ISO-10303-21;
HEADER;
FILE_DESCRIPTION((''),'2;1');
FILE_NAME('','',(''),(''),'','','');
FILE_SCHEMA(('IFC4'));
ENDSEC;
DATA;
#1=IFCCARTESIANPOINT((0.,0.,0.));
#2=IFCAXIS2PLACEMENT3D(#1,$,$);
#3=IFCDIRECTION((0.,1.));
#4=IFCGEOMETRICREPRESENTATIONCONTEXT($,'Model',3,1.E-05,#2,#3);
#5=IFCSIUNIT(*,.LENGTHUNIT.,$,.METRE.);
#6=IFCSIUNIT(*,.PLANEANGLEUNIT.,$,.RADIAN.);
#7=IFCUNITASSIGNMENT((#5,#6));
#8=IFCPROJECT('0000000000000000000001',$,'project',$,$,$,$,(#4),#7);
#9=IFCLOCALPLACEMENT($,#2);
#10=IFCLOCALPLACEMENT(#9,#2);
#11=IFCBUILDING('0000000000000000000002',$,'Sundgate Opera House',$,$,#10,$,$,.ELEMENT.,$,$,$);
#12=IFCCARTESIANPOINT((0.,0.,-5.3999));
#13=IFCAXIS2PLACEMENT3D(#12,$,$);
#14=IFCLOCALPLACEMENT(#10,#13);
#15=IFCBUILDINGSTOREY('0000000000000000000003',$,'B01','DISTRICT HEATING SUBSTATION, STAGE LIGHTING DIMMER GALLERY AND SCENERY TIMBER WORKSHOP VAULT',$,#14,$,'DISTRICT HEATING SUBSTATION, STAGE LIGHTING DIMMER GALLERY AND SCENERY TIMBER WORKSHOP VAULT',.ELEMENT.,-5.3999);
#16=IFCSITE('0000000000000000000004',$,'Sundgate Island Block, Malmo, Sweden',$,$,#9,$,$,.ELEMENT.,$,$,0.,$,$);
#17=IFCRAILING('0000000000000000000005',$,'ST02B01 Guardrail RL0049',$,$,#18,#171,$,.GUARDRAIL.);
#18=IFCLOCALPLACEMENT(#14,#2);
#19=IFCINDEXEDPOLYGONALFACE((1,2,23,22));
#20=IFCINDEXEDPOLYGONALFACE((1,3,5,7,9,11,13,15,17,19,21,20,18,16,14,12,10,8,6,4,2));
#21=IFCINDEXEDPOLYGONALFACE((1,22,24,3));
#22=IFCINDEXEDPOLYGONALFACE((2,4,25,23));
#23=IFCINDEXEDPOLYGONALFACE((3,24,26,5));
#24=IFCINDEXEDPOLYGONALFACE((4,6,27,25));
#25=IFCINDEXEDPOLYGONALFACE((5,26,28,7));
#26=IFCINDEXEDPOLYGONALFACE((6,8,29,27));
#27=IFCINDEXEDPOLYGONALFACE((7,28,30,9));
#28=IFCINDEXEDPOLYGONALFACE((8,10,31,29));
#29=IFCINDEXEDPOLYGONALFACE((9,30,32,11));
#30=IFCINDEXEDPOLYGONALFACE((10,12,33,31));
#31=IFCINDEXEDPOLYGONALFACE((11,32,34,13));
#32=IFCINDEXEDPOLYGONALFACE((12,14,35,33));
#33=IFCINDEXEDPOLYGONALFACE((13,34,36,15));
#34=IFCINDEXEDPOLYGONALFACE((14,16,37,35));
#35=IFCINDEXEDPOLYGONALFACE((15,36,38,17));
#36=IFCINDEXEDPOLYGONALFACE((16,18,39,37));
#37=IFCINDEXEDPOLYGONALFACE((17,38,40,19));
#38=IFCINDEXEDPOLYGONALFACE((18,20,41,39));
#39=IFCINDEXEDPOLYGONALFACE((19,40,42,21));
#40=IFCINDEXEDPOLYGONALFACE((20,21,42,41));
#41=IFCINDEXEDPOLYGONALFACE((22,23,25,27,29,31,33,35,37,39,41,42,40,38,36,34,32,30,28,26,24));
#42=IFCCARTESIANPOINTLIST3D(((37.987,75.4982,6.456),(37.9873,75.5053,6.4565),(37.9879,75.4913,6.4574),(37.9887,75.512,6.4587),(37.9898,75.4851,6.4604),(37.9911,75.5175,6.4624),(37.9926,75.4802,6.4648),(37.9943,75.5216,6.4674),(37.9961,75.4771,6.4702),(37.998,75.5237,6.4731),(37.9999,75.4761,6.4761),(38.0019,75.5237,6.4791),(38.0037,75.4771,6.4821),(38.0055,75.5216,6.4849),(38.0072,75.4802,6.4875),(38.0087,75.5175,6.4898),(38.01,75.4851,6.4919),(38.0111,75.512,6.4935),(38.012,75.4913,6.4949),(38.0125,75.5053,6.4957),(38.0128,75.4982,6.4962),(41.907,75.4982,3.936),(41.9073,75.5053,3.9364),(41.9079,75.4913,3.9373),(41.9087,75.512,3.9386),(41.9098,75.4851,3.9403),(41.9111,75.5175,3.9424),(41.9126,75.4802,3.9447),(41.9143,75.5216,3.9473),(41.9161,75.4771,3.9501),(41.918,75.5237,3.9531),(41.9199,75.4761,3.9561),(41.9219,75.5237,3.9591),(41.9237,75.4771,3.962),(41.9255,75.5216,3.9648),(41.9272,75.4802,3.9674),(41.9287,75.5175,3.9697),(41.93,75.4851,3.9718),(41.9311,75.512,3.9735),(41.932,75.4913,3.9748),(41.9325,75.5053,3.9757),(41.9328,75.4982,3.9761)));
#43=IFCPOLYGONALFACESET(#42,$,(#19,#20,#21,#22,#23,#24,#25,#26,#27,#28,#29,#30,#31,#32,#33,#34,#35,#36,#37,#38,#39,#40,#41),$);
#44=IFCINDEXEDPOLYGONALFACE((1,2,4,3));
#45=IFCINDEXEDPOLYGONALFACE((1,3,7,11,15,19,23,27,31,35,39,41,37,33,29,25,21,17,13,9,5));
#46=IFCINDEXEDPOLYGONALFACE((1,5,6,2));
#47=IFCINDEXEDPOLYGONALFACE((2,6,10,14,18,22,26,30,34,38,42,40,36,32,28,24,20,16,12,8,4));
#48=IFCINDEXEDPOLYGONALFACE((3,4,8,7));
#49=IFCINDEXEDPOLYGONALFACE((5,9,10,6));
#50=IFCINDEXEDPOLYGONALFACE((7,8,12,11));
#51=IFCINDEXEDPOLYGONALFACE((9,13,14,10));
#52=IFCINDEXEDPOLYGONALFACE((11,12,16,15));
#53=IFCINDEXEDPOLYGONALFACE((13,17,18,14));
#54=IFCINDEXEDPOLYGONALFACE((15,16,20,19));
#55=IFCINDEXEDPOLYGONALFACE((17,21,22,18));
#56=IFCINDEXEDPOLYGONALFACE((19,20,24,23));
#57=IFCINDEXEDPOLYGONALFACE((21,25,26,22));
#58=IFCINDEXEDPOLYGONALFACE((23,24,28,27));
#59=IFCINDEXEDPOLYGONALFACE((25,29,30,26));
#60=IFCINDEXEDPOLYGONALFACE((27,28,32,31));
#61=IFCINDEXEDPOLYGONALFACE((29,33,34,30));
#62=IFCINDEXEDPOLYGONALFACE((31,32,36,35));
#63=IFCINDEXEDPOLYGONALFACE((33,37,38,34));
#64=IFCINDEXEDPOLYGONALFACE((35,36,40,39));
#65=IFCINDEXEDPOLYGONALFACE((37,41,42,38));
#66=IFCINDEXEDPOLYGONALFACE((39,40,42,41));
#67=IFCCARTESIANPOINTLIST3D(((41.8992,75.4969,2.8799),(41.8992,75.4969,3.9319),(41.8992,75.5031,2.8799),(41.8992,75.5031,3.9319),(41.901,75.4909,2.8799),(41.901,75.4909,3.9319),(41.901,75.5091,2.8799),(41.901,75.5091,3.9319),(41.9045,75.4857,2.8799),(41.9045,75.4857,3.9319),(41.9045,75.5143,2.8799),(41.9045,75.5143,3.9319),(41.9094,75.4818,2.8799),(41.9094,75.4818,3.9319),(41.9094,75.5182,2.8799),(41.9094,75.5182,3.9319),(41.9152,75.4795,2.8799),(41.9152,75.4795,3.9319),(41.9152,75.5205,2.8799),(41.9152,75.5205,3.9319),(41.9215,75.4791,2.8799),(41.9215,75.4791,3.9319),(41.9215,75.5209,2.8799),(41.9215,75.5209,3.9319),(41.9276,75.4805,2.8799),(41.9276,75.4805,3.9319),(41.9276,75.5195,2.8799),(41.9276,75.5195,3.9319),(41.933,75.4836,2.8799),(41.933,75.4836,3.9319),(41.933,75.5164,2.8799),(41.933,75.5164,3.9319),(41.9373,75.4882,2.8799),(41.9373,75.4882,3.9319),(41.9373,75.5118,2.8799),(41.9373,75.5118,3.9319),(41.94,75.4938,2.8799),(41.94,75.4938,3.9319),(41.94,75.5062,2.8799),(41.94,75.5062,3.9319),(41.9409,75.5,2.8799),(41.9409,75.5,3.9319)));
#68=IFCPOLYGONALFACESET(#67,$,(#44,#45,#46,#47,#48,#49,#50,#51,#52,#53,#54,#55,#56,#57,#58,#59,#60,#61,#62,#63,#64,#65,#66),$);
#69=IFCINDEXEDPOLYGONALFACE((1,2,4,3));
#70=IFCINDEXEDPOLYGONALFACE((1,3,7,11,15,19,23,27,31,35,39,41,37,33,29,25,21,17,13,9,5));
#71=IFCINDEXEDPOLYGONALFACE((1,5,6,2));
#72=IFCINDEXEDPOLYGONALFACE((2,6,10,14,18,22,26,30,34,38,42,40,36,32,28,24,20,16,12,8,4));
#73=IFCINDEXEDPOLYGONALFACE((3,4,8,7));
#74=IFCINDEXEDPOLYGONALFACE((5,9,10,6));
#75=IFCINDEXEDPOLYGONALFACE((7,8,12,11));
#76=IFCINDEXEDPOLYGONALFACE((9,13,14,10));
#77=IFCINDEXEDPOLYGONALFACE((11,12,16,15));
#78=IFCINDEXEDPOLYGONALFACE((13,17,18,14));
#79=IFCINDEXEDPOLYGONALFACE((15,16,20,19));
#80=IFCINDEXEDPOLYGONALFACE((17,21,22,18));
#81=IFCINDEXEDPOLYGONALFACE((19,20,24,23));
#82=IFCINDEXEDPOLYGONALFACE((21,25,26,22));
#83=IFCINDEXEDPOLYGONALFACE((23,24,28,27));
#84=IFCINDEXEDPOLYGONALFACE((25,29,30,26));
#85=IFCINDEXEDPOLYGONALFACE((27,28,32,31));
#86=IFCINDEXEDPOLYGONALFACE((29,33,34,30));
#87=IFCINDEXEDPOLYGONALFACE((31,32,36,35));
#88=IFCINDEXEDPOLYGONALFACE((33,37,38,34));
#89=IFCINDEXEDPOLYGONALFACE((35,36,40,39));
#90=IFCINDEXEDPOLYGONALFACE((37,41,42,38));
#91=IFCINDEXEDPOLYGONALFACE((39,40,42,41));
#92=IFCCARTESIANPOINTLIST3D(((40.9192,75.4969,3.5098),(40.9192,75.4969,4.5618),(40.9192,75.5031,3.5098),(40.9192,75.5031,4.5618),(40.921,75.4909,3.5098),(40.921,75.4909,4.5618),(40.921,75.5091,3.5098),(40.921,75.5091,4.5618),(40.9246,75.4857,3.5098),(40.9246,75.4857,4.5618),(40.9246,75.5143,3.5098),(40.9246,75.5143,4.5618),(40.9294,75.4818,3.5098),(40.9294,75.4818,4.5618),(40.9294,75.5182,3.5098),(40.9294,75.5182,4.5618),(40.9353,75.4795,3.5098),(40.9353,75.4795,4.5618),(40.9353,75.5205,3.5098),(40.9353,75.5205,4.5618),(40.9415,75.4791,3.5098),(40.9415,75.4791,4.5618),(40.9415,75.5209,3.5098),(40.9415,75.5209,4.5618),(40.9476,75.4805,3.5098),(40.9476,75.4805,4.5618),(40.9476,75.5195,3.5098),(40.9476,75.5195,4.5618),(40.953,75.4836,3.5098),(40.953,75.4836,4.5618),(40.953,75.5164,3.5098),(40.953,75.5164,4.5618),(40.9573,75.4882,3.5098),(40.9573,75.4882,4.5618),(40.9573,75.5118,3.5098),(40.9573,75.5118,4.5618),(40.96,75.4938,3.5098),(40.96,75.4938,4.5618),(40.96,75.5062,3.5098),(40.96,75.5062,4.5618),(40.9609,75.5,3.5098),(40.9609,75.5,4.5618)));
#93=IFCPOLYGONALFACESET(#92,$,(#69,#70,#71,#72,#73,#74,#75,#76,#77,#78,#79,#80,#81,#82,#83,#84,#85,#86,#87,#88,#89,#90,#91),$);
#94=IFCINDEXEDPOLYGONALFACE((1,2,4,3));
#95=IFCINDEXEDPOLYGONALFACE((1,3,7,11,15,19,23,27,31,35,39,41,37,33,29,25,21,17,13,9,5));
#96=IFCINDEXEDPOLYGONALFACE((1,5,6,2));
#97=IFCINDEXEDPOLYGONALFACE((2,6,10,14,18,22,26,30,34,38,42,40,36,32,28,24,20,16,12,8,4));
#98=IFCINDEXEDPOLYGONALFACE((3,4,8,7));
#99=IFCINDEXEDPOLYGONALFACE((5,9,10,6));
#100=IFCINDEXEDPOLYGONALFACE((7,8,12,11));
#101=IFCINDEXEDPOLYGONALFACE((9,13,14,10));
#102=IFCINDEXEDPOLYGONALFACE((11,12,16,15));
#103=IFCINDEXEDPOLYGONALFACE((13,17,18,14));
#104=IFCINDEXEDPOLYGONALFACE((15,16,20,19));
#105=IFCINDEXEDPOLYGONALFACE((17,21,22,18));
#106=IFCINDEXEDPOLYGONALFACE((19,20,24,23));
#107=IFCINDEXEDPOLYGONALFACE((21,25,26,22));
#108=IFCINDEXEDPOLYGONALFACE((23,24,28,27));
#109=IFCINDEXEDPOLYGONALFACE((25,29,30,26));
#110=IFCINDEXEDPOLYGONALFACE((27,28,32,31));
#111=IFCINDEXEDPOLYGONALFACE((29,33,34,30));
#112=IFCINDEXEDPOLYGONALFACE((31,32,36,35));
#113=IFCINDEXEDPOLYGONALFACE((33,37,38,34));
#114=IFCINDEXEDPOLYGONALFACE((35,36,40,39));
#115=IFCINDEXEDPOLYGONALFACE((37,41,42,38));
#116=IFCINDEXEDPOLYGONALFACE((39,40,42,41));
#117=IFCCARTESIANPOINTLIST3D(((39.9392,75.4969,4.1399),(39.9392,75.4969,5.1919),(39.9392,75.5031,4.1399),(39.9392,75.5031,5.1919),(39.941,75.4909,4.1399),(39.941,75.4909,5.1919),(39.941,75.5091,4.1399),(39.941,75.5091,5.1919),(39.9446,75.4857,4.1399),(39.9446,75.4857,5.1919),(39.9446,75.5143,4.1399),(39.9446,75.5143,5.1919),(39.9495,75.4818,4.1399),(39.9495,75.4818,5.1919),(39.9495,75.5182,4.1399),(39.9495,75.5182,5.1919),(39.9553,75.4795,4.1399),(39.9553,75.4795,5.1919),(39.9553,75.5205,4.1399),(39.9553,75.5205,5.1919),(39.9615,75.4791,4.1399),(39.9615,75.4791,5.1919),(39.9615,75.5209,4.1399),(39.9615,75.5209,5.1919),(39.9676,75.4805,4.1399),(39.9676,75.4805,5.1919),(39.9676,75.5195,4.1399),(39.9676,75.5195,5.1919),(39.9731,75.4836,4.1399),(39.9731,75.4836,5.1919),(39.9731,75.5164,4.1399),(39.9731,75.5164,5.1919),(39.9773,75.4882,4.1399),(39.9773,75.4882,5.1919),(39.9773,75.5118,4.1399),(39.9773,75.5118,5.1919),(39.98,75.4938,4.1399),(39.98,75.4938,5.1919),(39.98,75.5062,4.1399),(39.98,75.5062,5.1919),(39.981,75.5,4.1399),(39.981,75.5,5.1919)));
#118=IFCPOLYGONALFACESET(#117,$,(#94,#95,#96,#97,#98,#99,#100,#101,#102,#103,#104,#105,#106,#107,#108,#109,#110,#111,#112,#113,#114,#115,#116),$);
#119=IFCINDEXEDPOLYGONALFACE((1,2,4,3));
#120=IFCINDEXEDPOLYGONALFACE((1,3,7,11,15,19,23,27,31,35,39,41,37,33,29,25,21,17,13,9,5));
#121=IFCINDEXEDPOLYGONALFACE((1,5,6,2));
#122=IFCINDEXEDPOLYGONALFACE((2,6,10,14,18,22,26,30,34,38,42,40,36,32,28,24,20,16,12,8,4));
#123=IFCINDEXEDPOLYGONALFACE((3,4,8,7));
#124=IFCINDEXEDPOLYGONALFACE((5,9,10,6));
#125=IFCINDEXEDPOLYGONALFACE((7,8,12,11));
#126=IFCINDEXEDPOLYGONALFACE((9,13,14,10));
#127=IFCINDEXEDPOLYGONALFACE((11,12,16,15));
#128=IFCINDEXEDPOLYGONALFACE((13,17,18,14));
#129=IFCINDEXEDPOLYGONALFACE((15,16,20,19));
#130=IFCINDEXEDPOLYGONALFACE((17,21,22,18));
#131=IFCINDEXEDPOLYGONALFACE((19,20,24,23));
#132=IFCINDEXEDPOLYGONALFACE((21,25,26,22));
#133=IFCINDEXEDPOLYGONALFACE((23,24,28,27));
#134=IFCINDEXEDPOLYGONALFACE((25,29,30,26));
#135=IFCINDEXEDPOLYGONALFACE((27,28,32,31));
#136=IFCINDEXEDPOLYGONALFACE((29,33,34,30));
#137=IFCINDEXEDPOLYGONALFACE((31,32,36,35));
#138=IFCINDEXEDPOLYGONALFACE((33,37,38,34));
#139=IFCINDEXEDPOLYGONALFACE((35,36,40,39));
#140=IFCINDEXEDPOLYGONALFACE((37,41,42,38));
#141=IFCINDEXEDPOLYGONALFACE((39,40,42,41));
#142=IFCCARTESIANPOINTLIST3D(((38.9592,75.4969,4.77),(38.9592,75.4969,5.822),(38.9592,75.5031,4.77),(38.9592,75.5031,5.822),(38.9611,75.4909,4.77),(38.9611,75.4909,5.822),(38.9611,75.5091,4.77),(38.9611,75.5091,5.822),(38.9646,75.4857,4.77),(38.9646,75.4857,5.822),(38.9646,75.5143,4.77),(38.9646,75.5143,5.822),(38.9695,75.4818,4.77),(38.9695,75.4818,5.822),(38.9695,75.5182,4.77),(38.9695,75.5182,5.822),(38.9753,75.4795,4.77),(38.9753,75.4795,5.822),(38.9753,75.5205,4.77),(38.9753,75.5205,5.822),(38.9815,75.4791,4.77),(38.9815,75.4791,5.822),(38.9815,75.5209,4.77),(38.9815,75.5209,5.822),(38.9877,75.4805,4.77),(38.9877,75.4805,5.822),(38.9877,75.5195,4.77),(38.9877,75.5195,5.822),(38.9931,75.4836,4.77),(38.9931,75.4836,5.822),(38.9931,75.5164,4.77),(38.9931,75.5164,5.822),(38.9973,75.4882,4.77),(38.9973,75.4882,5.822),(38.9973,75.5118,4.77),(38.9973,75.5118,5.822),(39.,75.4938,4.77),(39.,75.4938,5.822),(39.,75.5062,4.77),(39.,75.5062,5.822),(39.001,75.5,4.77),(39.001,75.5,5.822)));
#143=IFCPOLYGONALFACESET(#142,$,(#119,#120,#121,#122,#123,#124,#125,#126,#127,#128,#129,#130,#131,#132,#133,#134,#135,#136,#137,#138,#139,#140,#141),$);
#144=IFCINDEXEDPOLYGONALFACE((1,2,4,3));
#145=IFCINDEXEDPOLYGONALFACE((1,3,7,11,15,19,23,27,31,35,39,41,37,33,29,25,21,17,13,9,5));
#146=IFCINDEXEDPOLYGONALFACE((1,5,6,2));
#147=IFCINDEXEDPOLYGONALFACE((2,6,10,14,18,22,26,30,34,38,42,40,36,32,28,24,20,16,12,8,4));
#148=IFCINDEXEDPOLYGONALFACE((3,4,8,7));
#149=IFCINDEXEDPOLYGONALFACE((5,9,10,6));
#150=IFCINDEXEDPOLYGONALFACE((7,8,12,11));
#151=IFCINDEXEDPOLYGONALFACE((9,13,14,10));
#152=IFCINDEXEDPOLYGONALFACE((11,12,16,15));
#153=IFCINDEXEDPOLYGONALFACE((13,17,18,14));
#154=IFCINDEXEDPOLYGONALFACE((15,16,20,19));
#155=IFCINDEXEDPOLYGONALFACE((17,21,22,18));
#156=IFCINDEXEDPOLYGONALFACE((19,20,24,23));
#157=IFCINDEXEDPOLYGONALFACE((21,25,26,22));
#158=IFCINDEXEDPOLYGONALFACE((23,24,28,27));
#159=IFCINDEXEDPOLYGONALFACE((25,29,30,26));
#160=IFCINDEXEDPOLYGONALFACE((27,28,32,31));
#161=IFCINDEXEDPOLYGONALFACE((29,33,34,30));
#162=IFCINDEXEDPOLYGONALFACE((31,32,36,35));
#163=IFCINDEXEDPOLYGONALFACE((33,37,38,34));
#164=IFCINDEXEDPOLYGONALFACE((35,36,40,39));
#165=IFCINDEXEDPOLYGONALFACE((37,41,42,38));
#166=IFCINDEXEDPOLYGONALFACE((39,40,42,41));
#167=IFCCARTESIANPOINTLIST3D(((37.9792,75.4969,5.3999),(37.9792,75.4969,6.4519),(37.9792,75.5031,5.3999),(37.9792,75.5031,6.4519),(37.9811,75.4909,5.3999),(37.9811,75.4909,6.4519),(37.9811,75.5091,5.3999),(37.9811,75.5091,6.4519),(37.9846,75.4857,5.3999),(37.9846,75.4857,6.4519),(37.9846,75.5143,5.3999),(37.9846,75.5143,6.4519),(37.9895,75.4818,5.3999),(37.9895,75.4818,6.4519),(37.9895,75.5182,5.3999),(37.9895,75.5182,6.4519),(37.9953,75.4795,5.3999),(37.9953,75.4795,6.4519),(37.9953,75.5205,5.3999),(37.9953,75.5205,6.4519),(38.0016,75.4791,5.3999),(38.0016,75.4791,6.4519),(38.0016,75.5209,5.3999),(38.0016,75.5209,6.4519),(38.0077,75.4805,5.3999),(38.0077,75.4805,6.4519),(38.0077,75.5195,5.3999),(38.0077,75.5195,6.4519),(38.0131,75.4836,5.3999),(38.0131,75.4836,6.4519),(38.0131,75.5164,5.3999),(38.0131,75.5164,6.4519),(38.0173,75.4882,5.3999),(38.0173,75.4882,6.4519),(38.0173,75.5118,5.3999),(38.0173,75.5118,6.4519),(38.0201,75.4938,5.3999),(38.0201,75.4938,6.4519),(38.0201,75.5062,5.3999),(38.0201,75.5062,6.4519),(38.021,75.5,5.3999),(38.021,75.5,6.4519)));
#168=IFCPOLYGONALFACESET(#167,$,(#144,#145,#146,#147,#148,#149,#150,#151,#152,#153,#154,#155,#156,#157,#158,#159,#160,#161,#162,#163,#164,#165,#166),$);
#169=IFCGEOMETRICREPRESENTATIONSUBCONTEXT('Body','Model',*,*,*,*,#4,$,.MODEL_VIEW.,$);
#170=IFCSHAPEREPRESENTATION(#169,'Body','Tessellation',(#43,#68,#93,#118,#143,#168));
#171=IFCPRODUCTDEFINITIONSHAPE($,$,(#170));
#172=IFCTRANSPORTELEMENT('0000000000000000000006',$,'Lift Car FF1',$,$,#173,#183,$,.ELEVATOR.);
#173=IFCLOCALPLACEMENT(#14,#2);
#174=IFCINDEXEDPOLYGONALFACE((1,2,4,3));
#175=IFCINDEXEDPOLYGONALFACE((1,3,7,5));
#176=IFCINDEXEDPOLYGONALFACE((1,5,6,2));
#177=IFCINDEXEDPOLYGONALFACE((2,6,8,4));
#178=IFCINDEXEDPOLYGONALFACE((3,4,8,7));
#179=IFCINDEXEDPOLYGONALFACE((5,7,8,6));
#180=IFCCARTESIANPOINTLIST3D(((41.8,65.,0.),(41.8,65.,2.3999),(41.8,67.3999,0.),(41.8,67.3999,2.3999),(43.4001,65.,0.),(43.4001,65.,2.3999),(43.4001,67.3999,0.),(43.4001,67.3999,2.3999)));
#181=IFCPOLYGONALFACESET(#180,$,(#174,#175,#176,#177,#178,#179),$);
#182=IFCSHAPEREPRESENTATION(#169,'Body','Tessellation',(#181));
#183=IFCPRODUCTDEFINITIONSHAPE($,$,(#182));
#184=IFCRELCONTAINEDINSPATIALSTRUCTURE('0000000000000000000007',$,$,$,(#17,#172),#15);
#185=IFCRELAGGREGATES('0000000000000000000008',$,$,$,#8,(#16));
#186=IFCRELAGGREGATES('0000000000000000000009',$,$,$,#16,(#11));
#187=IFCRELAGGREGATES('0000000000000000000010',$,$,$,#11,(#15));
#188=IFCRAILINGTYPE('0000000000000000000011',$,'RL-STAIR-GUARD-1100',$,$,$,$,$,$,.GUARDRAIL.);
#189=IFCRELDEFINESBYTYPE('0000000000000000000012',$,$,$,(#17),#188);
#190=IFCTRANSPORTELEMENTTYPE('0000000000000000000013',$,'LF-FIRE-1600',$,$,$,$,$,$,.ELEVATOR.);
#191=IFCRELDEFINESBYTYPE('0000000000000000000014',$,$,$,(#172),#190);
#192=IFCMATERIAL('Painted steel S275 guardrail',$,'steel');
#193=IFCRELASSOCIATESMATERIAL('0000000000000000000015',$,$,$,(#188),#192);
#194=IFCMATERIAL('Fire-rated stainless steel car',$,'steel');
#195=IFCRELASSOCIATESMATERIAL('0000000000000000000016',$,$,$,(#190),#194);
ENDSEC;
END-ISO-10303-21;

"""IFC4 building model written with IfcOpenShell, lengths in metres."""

from ifc_helpers import new_model, si_unit, direction, frame, origin, origin_2d, place, context, subcontext, project, spatial, rectangle, circle, extrude, material, type_object, element, save


model = new_model("IFC4")

# Units and contexts
model_context = context("Model", 3, precision=1e-05, world=origin(), true_north=direction((0.0, 1.0)))
body_context = subcontext(model_context, "Body", "Model", "MODEL_VIEW")
ifc_project = project(units=[si_unit("LENGTHUNIT", "METRE"), si_unit("PLANEANGLEUNIT", "RADIAN")], contexts=[model_context])

# Site, building, storey
site_placement = place(None, origin())
site = spatial("IfcSite", under=ifc_project, at=site_placement, Name="Sundgate Island Block, Malmo, Sweden", CompositionType="ELEMENT", RefElevation=0.0)
building_placement = place(site_placement, origin())
building = spatial("IfcBuilding", under=site, at=building_placement, Name="Sundgate Opera House", CompositionType="ELEMENT")
storey_placement = place(building_placement, frame((0.0, 0.0, -5.3999)))
storey = spatial("IfcBuildingStorey", under=building, at=storey_placement, Name="B01", Description="DISTRICT HEATING SUBSTATION, STAGE LIGHTING DIMMER GALLERY AND SCENERY TIMBER WORKSHOP VAULT", LongName="DISTRICT HEATING SUBSTATION, STAGE LIGHTING DIMMER GALLERY AND SCENERY TIMBER WORKSHOP VAULT", CompositionType="ELEMENT", Elevation=-5.3999)

# Railing
ifc_material_1 = material(Name="Painted steel S275 guardrail", Category="steel")
railing_type = type_object("IfcRailingType", Name="RL-STAIR-GUARD-1100", PredefinedType="GUARDRAIL", material=ifc_material_1)
railing_1_placement = place(storey_placement, frame((41.9199, 75.5, 2.8799)))
element("IfcRailing", 1, at=railing_1_placement, inside=storey, type_object=railing_type, Name="ST02B01 Guardrail RL0049", PredefinedType="GUARDRAIL", context=body_context, shape_type="SweptSolid", body=[
    extrude(circle(Radius=0.0239, at=origin_2d()), frame((0.0, 0.0, 1.0762), z_axis=(-0.841172, 0.0, 0.540768), x_axis=(0.0, -1.0, 0.0)), (0.0, 0.0, 1.0), 4.6602),
    extrude(circle(Radius=0.021, at=origin_2d()), origin(), (0.0, 0.0, 1.0), 1.052),
    extrude(circle(Radius=0.021, at=origin_2d()), frame((-0.98, 0.0, 0.6299)), (0.0, 0.0, 1.0), 1.052),
    extrude(circle(Radius=0.021, at=origin_2d()), frame((-1.96, 0.0, 1.26)), (0.0, 0.0, 1.0), 1.052),
    extrude(circle(Radius=0.021, at=origin_2d()), frame((-2.9399, 0.0, 1.8901)), (0.0, 0.0, 1.0), 1.052),
    extrude(circle(Radius=0.021, at=origin_2d()), frame((-3.9199, 0.0, 2.52)), (0.0, 0.0, 1.0), 1.052),
])

# Transport element
ifc_material_2 = material(Name="Fire-rated stainless steel car", Category="steel")
transport_element_type = type_object("IfcTransportElementType", Name="LF-FIRE-1600", PredefinedType="ELEVATOR", material=ifc_material_2)
transport_element_placement = place(storey_placement, frame((42.6001, 66.2, 0.0), z_axis=(0.0, 0.0, 1.0), x_axis=(1.0, 0.0, 0.0)))
element("IfcTransportElement", 2, at=transport_element_placement, inside=storey, type_object=transport_element_type, Name="Lift Car FF1", PredefinedType="ELEVATOR", context=body_context, shape_type="SweptSolid", body=[
    extrude(rectangle(XDim=1.6001, YDim=2.3999, at=origin_2d()), origin(), (0.0, 0.0, 1.0), 2.3999),
])

save(model, "model.ifc")
